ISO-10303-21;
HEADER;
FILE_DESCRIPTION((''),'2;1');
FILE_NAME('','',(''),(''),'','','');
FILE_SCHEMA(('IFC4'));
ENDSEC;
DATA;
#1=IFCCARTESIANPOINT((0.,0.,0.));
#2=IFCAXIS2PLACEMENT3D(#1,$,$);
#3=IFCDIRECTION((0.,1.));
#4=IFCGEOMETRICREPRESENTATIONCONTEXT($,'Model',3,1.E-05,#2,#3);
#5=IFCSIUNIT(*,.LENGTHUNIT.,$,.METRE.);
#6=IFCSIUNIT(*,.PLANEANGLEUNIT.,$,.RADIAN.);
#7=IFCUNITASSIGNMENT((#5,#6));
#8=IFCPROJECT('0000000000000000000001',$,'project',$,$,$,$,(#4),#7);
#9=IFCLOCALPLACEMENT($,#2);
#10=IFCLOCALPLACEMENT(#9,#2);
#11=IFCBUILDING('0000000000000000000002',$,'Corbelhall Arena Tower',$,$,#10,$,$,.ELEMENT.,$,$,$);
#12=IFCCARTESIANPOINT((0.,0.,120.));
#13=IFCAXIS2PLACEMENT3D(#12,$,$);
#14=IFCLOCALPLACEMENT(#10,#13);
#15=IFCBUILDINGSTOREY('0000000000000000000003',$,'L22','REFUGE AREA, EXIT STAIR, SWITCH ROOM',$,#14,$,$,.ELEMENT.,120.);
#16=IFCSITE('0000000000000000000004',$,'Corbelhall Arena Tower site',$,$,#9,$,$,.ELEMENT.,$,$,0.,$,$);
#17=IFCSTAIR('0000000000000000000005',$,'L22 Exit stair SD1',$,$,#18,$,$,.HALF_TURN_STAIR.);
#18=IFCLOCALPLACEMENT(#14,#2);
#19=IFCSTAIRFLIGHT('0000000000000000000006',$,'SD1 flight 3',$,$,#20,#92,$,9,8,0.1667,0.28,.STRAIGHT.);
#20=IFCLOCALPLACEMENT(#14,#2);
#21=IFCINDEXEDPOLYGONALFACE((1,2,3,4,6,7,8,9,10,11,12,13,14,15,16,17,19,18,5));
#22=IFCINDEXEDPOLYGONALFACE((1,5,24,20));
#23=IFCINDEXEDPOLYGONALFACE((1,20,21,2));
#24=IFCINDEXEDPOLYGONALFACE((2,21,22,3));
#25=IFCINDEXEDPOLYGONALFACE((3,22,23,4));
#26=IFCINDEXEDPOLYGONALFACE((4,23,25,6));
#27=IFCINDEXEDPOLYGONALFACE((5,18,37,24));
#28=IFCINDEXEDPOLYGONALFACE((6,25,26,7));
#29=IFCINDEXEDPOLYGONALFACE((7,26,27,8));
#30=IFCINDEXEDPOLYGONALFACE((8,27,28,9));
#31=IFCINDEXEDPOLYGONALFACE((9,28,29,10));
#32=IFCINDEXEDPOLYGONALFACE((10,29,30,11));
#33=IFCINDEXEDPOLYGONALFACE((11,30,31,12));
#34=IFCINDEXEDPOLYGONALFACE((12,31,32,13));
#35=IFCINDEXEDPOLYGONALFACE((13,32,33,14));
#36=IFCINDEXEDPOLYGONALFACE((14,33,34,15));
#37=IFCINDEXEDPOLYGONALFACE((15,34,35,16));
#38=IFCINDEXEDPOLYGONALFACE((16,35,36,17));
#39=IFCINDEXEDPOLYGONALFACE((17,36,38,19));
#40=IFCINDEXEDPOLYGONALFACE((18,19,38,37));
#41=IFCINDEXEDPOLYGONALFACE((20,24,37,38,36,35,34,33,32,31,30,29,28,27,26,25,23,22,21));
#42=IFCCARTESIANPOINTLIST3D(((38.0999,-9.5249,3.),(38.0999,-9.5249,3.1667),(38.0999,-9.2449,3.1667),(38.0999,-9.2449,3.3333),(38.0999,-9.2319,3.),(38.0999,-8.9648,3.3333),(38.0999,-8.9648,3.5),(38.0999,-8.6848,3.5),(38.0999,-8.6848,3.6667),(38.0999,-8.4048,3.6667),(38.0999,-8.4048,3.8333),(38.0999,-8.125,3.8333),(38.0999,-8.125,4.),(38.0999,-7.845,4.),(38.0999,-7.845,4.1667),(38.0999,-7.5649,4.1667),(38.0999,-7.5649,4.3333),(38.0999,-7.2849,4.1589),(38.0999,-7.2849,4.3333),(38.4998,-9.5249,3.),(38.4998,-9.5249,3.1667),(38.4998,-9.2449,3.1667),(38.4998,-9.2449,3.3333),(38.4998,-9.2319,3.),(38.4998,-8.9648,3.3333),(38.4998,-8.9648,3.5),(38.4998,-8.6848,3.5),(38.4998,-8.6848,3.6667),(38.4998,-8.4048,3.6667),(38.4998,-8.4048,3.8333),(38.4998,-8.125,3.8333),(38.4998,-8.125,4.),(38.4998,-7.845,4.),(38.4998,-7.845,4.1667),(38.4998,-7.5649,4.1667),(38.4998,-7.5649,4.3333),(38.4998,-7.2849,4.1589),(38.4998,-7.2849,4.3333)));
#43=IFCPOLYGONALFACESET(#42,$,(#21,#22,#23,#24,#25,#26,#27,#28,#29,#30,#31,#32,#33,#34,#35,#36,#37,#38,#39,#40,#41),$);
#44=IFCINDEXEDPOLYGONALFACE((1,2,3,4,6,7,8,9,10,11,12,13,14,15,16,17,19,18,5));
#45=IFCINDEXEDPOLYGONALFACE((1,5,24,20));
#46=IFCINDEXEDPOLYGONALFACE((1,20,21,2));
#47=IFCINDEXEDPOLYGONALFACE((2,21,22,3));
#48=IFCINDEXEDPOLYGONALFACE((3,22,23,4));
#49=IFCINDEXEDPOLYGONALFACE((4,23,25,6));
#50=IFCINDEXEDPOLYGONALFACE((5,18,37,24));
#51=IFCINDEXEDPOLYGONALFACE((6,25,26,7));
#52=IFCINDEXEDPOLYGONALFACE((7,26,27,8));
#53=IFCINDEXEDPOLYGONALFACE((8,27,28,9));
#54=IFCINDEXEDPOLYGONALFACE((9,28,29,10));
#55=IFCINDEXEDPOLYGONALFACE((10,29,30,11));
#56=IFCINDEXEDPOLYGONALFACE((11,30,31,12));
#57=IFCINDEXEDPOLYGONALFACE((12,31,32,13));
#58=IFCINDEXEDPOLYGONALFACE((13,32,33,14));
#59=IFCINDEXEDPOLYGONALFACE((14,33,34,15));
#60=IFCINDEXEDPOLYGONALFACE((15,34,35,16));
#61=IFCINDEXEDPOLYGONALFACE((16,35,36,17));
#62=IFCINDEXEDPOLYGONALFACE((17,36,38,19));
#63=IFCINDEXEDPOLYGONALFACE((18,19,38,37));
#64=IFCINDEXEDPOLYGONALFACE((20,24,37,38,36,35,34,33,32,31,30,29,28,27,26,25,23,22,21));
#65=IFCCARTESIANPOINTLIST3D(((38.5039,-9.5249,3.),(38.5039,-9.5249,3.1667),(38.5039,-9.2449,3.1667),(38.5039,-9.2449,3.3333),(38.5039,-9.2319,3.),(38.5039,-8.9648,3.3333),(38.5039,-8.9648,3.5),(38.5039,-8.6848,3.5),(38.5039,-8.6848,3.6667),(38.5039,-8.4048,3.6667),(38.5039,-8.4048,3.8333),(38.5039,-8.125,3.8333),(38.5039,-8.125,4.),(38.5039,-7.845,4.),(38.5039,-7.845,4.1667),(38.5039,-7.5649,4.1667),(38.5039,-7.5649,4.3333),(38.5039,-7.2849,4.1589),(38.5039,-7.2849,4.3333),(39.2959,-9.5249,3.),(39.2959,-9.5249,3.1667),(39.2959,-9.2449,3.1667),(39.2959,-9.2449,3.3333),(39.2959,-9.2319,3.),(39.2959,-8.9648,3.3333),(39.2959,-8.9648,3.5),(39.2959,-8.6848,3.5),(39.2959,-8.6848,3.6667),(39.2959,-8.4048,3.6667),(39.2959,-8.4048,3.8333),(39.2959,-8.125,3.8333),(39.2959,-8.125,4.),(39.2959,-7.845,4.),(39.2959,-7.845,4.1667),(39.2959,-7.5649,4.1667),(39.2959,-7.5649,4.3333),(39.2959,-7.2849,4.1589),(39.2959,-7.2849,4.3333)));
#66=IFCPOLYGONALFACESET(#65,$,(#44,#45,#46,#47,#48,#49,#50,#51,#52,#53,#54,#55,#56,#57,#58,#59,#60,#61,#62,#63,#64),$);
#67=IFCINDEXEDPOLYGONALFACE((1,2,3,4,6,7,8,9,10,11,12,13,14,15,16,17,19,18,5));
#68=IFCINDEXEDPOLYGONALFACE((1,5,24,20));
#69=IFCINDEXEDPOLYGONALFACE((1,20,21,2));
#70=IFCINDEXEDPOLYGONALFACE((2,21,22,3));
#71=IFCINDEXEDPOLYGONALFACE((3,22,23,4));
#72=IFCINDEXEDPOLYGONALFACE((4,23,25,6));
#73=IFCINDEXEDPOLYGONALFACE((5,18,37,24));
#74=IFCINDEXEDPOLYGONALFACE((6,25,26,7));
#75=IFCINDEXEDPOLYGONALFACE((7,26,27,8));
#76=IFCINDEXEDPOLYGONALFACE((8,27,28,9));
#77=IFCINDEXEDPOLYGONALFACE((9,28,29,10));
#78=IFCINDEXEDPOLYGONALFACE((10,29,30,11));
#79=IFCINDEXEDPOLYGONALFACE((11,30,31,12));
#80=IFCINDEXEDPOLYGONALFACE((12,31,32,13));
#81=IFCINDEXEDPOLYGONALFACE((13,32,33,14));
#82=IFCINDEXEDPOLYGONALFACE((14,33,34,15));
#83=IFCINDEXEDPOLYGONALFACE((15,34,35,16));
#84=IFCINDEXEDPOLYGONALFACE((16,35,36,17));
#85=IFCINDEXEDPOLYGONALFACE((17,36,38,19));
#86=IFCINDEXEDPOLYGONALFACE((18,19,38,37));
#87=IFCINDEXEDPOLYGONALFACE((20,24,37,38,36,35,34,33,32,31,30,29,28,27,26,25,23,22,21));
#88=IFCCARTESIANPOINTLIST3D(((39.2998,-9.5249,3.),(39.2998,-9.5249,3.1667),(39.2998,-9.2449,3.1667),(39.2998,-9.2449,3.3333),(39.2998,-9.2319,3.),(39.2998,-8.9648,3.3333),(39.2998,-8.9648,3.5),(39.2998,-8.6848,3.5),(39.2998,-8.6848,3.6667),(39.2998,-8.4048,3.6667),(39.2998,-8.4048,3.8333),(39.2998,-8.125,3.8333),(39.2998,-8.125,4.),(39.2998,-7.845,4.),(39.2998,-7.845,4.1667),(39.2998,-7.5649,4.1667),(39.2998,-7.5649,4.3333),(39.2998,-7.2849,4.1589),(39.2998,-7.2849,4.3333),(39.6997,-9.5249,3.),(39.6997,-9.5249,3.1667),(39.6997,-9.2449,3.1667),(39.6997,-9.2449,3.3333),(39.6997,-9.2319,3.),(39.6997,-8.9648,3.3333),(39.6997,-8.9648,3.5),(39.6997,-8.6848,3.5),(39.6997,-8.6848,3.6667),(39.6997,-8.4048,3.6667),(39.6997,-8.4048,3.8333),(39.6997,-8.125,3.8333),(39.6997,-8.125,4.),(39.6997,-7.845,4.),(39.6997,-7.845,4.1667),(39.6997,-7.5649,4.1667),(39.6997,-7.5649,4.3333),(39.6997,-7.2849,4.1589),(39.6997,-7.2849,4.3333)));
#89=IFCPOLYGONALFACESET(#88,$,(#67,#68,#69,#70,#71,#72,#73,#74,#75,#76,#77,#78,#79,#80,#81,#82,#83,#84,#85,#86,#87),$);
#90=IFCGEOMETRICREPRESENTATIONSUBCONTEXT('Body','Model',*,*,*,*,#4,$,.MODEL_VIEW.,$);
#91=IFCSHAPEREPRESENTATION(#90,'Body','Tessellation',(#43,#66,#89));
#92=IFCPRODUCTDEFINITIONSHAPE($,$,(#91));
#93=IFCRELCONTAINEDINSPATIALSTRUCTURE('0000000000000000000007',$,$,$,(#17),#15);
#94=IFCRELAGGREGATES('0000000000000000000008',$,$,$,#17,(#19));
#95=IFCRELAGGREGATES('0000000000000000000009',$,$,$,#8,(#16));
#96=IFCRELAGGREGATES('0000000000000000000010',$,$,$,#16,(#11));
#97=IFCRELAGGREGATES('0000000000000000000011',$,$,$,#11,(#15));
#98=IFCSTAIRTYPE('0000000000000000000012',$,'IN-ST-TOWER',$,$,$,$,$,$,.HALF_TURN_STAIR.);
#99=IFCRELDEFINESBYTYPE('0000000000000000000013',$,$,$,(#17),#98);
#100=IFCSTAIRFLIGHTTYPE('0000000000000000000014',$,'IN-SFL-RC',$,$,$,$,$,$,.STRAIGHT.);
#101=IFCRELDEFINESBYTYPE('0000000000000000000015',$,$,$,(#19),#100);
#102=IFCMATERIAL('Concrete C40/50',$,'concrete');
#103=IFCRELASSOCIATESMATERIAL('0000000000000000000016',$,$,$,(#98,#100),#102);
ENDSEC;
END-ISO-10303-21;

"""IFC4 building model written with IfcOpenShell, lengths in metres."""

from ifc_helpers import new_model, si_unit, direction, frame, origin, place, context, subcontext, project, spatial, polyline, outline, extrude, material, type_object, element, aggregate, save


model = new_model("IFC4")

# Units and contexts
model_context = context("Model", 3, precision=1e-05, world=origin(), true_north=direction((0.0, 1.0)))
body_context = subcontext(model_context, "Body", "Model", "MODEL_VIEW")
ifc_project = project(units=[si_unit("LENGTHUNIT", "METRE"), si_unit("PLANEANGLEUNIT", "RADIAN")], contexts=[model_context])

# Site, building, storey
site_placement = place(None, origin())
site = spatial("IfcSite", under=ifc_project, at=site_placement, Name="Corbelhall Arena Tower site", CompositionType="ELEMENT", RefElevation=0.0)
building_placement = place(site_placement, origin())
building = spatial("IfcBuilding", under=site, at=building_placement, Name="Corbelhall Arena Tower", CompositionType="ELEMENT")
storey_placement = place(building_placement, frame((0.0, 0.0, 120.0)))
storey = spatial("IfcBuildingStorey", under=building, at=storey_placement, Name="L22", Description="REFUGE AREA, EXIT STAIR, SWITCH ROOM", CompositionType="ELEMENT", Elevation=120.0)

# Shared definitions
ifc_material_1 = material(Name="Concrete C40/50", Category="concrete")

# Stair, stair flight
stair_type = type_object("IfcStairType", Name="IN-ST-TOWER", PredefinedType="HALF_TURN_STAIR", material=ifc_material_1)
stair_placement = place(storey_placement, origin())
stair = element("IfcStair", 1, at=stair_placement, inside=storey, type_object=stair_type, Name="L22 Exit stair SD1", PredefinedType="HALF_TURN_STAIR")
stair_flight_type = type_object("IfcStairFlightType", Name="IN-SFL-RC", PredefinedType="STRAIGHT", material=ifc_material_1)
stair_flight_1_placement = place(storey_placement, frame((38.8999, -9.5249, 3.0), z_axis=(0.0, 0.0, 1.0), x_axis=(0.0, 1.0, 0.0)))
stair_flight_1 = element("IfcStairFlight", 2, at=stair_flight_1_placement, type_object=stair_flight_type, Name="SD1 flight 3", NumberOfRisers=9, NumberOfTreads=8, PredefinedType="STRAIGHT", RiserHeight=0.1667, TreadLength=0.28, context=body_context, shape_type="SweptSolid", body=[
    extrude(outline(polyline([(0.0, 0.0), (0.0, 0.1667), (0.28, 0.1667), (0.28, 0.3333), (0.5601, 0.3333), (0.5601, 0.5), (0.8401, 0.5), (0.8401, 0.6667), (1.1201, 0.6667), (1.1201, 0.8333), (1.3999, 0.8333), (1.3999, 1.0), (1.6799, 1.0), (1.6799, 1.1667), (1.96, 1.1667), (1.96, 1.3333), (2.24, 1.3333), (2.24, 1.5), (2.24, 1.1589), (0.293, 0.0), (0.0, 0.0)])), frame((0.0, 0.8, 0.0), z_axis=(0.0, -1.0, 0.0), x_axis=(1.0, 0.0, 0.0)), (0.0, 0.0, 1.0), 0.3999),
    extrude(outline(polyline([(0.0, 0.0), (0.0, 0.1667), (0.28, 0.1667), (0.28, 0.3333), (0.5601, 0.3333), (0.5601, 0.5), (0.8401, 0.5), (0.8401, 0.6667), (1.1201, 0.6667), (1.1201, 0.8333), (1.3999, 0.8333), (1.3999, 1.0), (1.6799, 1.0), (1.6799, 1.1667), (1.96, 1.1667), (1.96, 1.3333), (2.24, 1.3333), (2.24, 1.5), (2.24, 1.1589), (0.293, 0.0), (0.0, 0.0)])), frame((0.0, 0.396, 0.0), z_axis=(0.0, -1.0, 0.0), x_axis=(1.0, 0.0, 0.0)), (0.0, 0.0, 1.0), 0.792),
    extrude(outline(polyline([(0.0, 0.0), (0.0, 0.1667), (0.28, 0.1667), (0.28, 0.3333), (0.5601, 0.3333), (0.5601, 0.5), (0.8401, 0.5), (0.8401, 0.6667), (1.1201, 0.6667), (1.1201, 0.8333), (1.3999, 0.8333), (1.3999, 1.0), (1.6799, 1.0), (1.6799, 1.1667), (1.96, 1.1667), (1.96, 1.3333), (2.24, 1.3333), (2.24, 1.5), (2.24, 1.1589), (0.293, 0.0), (0.0, 0.0)])), frame((0.0, -0.3999, 0.0), z_axis=(0.0, -1.0, 0.0), x_axis=(1.0, 0.0, 0.0)), (0.0, 0.0, 1.0), 0.3999),
])
aggregate(stair, [stair_flight_1])

save(model, "model.ifc")
